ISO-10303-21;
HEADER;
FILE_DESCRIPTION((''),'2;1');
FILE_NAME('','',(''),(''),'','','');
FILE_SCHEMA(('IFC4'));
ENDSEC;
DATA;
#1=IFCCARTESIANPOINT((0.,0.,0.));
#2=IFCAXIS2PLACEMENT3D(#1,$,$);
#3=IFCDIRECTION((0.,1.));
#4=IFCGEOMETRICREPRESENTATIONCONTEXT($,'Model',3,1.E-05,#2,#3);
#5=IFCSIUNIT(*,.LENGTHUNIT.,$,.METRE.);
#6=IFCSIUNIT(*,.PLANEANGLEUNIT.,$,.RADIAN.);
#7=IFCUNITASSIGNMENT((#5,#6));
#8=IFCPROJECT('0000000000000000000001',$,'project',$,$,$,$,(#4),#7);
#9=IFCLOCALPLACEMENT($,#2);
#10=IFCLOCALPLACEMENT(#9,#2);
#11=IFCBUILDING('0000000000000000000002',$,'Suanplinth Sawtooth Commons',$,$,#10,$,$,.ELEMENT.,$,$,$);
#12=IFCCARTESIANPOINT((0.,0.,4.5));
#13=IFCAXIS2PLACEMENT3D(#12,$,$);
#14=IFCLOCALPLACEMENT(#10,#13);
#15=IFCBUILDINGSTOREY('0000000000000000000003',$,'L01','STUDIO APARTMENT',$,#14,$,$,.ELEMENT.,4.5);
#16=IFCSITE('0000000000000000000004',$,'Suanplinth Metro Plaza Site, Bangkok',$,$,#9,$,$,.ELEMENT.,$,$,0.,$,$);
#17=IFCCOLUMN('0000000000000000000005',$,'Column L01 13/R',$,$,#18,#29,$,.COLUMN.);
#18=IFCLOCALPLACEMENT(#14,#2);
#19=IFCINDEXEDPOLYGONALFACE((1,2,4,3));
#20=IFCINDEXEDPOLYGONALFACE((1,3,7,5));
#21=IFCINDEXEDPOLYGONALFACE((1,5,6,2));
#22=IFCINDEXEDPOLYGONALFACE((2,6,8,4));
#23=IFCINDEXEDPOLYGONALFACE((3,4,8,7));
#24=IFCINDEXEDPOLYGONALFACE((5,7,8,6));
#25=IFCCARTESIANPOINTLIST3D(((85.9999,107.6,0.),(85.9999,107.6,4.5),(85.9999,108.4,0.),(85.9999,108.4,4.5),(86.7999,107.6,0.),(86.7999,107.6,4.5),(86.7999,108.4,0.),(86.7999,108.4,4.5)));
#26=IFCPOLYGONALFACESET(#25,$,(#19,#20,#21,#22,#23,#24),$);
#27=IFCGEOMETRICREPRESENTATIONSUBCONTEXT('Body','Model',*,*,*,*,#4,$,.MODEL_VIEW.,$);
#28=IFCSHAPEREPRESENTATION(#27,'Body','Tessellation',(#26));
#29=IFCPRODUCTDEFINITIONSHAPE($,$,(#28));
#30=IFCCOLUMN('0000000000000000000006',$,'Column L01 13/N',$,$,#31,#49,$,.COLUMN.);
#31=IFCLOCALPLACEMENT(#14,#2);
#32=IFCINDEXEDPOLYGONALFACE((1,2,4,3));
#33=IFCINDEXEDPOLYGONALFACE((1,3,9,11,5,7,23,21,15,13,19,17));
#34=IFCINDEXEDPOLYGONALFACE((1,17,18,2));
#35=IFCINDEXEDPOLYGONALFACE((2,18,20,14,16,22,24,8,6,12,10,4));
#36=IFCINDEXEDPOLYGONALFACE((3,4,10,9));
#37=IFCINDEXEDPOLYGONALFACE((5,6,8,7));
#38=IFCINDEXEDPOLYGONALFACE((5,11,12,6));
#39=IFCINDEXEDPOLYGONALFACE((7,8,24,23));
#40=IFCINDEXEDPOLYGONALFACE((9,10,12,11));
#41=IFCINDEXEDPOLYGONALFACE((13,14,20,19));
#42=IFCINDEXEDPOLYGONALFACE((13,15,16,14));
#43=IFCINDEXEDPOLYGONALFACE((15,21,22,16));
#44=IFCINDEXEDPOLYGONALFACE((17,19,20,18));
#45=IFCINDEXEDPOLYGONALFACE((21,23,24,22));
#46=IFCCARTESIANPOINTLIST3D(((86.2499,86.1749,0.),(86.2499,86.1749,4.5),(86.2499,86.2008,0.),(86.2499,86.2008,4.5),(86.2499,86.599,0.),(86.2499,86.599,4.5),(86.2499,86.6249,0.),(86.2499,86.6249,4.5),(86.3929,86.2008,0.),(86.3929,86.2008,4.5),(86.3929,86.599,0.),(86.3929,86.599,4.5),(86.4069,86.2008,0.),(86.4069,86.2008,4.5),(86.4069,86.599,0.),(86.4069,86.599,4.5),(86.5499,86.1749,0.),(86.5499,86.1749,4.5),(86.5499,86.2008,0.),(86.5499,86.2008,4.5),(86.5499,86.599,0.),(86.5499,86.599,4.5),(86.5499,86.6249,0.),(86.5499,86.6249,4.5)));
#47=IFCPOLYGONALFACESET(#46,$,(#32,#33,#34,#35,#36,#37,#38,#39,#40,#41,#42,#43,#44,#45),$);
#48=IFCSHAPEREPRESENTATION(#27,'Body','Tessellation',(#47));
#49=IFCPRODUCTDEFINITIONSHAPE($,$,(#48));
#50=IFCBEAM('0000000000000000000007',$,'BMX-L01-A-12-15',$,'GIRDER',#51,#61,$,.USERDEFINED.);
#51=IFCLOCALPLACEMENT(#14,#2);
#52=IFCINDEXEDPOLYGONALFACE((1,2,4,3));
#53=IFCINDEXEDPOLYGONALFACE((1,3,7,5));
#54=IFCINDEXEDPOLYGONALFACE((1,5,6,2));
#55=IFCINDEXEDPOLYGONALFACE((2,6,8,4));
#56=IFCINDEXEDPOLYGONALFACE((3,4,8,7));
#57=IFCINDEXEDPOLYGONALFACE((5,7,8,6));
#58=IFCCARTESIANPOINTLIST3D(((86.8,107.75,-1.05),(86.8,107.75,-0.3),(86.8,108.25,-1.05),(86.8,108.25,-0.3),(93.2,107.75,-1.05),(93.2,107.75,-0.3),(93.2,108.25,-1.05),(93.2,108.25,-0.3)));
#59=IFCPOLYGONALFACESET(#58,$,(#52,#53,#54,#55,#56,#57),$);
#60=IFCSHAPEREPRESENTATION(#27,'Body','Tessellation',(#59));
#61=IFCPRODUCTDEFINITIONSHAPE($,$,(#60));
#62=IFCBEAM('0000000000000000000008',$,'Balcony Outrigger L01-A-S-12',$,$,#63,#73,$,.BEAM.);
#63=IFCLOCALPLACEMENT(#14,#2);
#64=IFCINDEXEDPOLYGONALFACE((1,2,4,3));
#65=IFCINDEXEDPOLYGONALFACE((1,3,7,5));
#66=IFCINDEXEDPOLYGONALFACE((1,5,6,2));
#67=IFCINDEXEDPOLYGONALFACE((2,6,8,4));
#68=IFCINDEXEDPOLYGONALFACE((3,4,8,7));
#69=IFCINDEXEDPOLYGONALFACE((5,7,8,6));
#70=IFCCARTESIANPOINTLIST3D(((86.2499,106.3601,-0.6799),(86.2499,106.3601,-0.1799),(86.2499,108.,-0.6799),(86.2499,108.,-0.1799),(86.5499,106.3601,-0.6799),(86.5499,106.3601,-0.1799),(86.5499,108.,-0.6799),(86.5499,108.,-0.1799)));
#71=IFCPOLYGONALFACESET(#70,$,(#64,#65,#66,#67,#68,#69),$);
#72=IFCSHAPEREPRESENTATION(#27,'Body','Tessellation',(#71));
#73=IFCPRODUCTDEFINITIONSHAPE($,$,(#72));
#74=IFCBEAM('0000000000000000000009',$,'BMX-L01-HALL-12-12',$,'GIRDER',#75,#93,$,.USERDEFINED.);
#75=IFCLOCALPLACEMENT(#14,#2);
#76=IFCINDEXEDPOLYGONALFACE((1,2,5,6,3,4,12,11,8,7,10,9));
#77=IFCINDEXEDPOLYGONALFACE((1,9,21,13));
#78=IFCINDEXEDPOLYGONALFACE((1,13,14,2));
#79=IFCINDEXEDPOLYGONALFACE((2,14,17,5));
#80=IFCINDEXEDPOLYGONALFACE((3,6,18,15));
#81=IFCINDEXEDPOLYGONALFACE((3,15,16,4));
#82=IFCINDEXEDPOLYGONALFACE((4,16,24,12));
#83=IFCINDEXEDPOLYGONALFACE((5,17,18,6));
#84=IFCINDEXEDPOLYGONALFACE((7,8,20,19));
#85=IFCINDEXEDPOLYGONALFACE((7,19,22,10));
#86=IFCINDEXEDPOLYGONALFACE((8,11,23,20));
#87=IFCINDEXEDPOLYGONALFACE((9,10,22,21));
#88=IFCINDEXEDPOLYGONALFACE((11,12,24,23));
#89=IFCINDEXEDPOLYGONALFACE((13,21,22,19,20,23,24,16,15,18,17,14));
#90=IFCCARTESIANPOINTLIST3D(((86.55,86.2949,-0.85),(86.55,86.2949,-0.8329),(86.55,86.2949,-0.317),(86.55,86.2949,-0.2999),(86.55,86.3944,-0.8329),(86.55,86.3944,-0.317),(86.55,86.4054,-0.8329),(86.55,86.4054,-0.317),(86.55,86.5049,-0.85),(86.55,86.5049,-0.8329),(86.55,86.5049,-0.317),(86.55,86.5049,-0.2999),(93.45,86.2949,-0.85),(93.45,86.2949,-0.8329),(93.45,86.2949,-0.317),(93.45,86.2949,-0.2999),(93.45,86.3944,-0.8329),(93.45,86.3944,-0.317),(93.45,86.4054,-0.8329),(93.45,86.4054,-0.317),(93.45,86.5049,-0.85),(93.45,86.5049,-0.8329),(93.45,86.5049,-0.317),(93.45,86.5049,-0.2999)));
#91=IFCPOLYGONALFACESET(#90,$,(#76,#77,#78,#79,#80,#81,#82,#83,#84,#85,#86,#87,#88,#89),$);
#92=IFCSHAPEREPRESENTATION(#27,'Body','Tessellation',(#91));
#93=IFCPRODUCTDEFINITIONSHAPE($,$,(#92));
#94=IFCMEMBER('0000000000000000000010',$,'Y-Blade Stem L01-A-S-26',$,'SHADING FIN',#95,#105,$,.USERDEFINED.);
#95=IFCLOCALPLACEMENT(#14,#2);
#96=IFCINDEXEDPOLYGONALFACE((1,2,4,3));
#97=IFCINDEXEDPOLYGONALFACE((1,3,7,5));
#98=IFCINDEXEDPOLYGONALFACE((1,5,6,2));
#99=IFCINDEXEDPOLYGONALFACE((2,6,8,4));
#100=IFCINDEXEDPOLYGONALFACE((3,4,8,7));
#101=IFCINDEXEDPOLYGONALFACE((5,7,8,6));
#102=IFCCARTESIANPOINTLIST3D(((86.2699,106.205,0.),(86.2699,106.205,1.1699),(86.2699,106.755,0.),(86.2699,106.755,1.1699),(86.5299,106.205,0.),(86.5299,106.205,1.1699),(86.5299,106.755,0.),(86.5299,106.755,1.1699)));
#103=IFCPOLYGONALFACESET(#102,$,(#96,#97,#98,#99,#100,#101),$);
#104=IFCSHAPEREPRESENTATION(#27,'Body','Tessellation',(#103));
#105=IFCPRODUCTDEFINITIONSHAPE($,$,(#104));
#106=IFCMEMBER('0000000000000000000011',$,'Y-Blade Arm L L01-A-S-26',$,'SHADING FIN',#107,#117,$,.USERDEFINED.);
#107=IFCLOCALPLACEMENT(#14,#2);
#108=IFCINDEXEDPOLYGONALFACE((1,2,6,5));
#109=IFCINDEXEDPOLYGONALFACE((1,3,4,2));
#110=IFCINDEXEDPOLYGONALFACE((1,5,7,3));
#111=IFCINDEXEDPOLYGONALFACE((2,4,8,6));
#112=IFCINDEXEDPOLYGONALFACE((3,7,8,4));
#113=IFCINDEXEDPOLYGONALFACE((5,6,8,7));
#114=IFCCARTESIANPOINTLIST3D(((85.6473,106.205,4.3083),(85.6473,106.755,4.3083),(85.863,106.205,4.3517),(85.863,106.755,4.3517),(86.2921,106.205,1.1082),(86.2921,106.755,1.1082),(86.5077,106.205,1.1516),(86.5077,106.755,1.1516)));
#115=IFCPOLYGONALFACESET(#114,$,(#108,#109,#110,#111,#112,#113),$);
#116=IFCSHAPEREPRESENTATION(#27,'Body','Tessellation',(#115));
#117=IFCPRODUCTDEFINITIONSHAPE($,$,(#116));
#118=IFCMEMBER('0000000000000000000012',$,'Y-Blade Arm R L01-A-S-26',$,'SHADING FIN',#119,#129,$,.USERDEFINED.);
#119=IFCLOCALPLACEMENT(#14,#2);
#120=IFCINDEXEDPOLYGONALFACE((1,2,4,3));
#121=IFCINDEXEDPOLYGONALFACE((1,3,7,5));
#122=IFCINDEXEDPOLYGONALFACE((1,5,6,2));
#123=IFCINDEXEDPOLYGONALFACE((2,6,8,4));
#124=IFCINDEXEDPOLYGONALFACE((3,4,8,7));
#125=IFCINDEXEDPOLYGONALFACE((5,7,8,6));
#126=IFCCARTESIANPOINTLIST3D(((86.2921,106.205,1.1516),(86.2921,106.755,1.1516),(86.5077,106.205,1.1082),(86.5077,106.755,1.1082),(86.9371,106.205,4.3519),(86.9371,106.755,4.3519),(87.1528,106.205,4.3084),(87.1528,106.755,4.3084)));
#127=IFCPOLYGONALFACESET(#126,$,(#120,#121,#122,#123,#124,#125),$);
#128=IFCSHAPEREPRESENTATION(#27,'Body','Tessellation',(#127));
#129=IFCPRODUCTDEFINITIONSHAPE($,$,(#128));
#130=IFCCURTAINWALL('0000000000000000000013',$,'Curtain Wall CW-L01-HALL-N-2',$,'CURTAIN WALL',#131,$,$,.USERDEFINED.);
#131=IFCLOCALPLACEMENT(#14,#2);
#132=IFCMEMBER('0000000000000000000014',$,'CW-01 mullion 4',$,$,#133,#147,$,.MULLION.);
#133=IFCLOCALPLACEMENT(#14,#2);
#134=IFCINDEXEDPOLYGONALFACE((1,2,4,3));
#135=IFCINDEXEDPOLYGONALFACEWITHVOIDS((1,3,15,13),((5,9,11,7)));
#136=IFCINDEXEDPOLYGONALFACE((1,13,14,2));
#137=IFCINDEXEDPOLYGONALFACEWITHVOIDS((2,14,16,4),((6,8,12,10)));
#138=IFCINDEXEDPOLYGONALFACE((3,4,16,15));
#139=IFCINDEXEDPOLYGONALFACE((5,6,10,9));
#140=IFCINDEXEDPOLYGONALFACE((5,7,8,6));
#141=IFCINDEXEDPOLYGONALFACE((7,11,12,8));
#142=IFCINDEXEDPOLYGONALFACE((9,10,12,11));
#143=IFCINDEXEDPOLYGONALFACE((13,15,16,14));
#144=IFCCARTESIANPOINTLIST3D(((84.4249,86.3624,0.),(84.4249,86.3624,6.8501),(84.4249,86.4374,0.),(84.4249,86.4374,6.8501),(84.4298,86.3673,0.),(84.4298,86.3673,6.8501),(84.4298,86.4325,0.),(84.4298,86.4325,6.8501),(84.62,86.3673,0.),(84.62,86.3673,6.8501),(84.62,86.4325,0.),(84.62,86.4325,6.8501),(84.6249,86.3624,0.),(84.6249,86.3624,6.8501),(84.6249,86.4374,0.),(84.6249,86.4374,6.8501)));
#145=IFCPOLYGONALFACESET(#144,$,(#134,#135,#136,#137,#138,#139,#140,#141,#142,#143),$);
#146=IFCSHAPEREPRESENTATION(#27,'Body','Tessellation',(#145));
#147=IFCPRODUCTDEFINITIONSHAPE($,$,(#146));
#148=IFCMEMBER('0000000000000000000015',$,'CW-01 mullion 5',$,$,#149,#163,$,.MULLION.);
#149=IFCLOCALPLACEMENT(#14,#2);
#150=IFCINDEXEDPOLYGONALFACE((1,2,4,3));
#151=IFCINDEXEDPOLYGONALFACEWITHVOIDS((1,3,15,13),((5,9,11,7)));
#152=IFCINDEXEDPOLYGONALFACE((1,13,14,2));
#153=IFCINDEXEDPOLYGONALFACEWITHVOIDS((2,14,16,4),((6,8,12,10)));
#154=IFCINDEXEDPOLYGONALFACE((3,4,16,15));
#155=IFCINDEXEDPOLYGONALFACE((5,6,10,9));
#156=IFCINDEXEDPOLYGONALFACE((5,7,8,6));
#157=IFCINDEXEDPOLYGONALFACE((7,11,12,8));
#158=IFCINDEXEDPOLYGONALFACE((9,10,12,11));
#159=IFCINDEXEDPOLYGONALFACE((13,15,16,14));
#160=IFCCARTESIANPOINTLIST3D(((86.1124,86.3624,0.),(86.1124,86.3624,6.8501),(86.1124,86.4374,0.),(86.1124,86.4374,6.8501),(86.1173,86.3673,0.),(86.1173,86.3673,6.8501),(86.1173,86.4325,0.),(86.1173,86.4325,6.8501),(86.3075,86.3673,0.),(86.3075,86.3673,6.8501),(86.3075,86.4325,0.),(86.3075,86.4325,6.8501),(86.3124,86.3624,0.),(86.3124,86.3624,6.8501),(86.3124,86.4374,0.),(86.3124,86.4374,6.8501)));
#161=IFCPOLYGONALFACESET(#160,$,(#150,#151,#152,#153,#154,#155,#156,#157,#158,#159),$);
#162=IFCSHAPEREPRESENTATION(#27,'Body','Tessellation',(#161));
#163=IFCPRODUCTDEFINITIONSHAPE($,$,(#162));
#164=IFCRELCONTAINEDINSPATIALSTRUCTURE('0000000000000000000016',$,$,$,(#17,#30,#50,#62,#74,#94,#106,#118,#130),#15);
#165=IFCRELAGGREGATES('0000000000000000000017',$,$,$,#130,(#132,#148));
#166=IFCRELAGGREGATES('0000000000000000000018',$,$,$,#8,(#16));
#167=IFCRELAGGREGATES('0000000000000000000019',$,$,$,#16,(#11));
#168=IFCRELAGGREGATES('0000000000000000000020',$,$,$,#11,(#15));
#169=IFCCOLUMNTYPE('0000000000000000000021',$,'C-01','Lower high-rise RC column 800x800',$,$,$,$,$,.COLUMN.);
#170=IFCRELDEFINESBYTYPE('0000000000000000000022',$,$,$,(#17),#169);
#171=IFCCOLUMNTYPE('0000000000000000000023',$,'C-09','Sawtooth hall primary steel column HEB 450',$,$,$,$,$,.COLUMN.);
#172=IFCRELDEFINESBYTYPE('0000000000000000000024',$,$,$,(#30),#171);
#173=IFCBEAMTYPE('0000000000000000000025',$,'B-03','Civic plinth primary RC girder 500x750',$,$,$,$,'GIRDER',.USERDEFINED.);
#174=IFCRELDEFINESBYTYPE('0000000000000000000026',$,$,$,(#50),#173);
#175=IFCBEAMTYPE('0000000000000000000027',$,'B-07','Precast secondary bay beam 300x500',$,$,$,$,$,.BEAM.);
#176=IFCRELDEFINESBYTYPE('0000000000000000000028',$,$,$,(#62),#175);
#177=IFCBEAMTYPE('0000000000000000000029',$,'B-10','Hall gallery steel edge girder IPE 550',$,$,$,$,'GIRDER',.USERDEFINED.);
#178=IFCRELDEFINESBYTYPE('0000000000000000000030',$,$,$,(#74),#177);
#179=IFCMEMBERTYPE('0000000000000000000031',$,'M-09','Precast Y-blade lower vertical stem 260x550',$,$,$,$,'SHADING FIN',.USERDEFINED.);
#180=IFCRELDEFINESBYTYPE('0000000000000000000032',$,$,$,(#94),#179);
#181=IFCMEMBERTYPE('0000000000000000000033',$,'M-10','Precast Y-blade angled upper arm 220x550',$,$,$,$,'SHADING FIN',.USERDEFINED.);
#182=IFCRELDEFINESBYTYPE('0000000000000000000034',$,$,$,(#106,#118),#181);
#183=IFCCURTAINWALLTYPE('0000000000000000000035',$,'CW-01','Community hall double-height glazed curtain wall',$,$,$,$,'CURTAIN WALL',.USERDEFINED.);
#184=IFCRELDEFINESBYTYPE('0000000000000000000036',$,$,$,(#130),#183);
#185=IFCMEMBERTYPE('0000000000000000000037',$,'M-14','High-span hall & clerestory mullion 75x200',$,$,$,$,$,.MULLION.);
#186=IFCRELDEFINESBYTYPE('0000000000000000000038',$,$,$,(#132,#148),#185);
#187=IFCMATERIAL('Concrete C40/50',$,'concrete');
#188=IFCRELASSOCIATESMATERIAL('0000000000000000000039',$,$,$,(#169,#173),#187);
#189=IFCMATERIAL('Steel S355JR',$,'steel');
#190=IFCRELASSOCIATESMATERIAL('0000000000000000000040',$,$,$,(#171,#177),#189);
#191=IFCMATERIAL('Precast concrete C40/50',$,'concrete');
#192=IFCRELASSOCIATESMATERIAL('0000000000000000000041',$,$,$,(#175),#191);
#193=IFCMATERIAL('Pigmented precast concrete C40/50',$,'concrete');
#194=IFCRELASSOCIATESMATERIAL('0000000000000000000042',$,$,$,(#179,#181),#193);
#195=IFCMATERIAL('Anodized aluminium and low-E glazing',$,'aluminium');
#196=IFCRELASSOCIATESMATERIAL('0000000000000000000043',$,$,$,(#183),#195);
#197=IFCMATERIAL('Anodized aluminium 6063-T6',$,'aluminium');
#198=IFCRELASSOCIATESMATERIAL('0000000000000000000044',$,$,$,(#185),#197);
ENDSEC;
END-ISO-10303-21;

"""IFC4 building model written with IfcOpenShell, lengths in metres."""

from ifc_helpers import new_model, si_unit, direction, frame, origin, origin_2d, place, context, subcontext, project, spatial, rectangle, hollow_rectangle, i_section, extrude, material, material_profile, profile_set, type_object, element, aggregate, save


model = new_model("IFC4")

# Units and contexts
model_context = context("Model", 3, precision=1e-05, world=origin(), true_north=direction((0.0, 1.0)))
body_context = subcontext(model_context, "Body", "Model", "MODEL_VIEW")
ifc_project = project(units=[si_unit("LENGTHUNIT", "METRE"), si_unit("PLANEANGLEUNIT", "RADIAN")], contexts=[model_context])

# Site, building, storey
site_placement = place(None, origin())
site = spatial("IfcSite", under=ifc_project, at=site_placement, Name="Suanplinth Metro Plaza Site, Bangkok", CompositionType="ELEMENT", RefElevation=0.0)
building_placement = place(site_placement, origin())
building = spatial("IfcBuilding", under=site, at=building_placement, Name="Suanplinth Sawtooth Commons", CompositionType="ELEMENT")
storey_placement = place(building_placement, frame((0.0, 0.0, 4.5)))
storey = spatial("IfcBuildingStorey", under=building, at=storey_placement, Name="L01", Description="STUDIO APARTMENT", CompositionType="ELEMENT", Elevation=4.5)

# Columns
ifc_material_1 = material(Name="Concrete C40/50", Category="concrete")
ifc_material_profile_1 = material_profile(ifc_material_1, rectangle(XDim=0.8, YDim=0.8, at=origin_2d()), Name="RC-COL 800x800")
ifc_profile_set_1 = profile_set([ifc_material_profile_1], Name="Concrete C40/50")
column_type_1 = type_object("IfcColumnType", Name="C-01", Description="Lower high-rise RC column 800x800", PredefinedType="COLUMN", material=ifc_profile_set_1)
column_1_placement = place(storey_placement, frame((86.3999, 108.0, 0.0), z_axis=(0.0, 0.0, 1.0), x_axis=(1.0, 0.0, 0.0)))
element("IfcColumn", 1, at=column_1_placement, inside=storey, type_object=column_type_1, Name="Column L01 13/R", PredefinedType="COLUMN", context=body_context, shape_type="SweptSolid", body=[
    extrude(rectangle(XDim=0.8, YDim=0.8, at=origin_2d()), origin(), (0.0, 0.0, 1.0), 4.5),
])
ifc_material_2 = material(Name="Steel S355JR", Category="steel")
ifc_material_profile_2 = material_profile(ifc_material_2, i_section(OverallWidth=0.3, OverallDepth=0.45, WebThickness=0.0139, FlangeThickness=0.0259, at=origin_2d()), Name="HEB 450")
ifc_profile_set_2 = profile_set([ifc_material_profile_2], Name="Steel S355JR")
column_type_2 = type_object("IfcColumnType", Name="C-09", Description="Sawtooth hall primary steel column HEB 450", PredefinedType="COLUMN", material=ifc_profile_set_2)
column_2_placement = place(storey_placement, frame((86.3999, 86.3999, 0.0), z_axis=(0.0, 0.0, 1.0), x_axis=(1.0, 0.0, 0.0)))
element("IfcColumn", 2, at=column_2_placement, inside=storey, type_object=column_type_2, Name="Column L01 13/N", PredefinedType="COLUMN", context=body_context, shape_type="SweptSolid", body=[
    extrude(i_section(OverallWidth=0.3, OverallDepth=0.45, WebThickness=0.0139, FlangeThickness=0.0259, at=origin_2d()), origin(), (0.0, 0.0, 1.0), 4.5),
])

# Beams
ifc_material_profile_3 = material_profile(ifc_material_1, rectangle(XDim=0.5, YDim=0.75, at=origin_2d()), Name="RC-GDR 500x750")
ifc_profile_set_3 = profile_set([ifc_material_profile_3], Name="Concrete C40/50")
beam_type_1 = type_object("IfcBeamType", Name="B-03", Description="Civic plinth primary RC girder 500x750", ElementType="GIRDER", PredefinedType="USERDEFINED", material=ifc_profile_set_3)
beam_1_placement = place(storey_placement, frame((86.8, 108.0, -0.675), z_axis=(1.0, 0.0, 0.0), x_axis=(0.0, 1.0, 0.0)))
element("IfcBeam", 3, at=beam_1_placement, inside=storey, type_object=beam_type_1, Name="BMX-L01-A-12-15", ObjectType="GIRDER", PredefinedType="USERDEFINED", context=body_context, shape_type="SweptSolid", body=[
    extrude(rectangle(XDim=0.5, YDim=0.75, at=origin_2d()), origin(), (0.0, 0.0, 1.0), 6.3999),
])
ifc_material_3 = material(Name="Precast concrete C40/50", Category="concrete")
ifc_material_profile_4 = material_profile(ifc_material_3, rectangle(XDim=0.3, YDim=0.5, at=origin_2d()), Name="PC-BM 300x500")
ifc_profile_set_4 = profile_set([ifc_material_profile_4], Name="Precast concrete C40/50")
beam_type_2 = type_object("IfcBeamType", Name="B-07", Description="Precast secondary bay beam 300x500", PredefinedType="BEAM", material=ifc_profile_set_4)
beam_2_placement = place(storey_placement, frame((86.3999, 108.0, -0.4299), z_axis=(0.0, -1.0, 0.0), x_axis=(1.0, 0.0, 0.0)))
element("IfcBeam", 4, at=beam_2_placement, inside=storey, type_object=beam_type_2, Name="Balcony Outrigger L01-A-S-12", PredefinedType="BEAM", context=body_context, shape_type="SweptSolid", body=[
    extrude(rectangle(XDim=0.3, YDim=0.5, at=origin_2d()), origin(), (0.0, 0.0, 1.0), 1.6399),
])
ifc_material_profile_5 = material_profile(ifc_material_2, i_section(OverallWidth=0.21, OverallDepth=0.55, WebThickness=0.011, FlangeThickness=0.0171, at=origin_2d()), Name="IPE 550")
ifc_profile_set_5 = profile_set([ifc_material_profile_5], Name="Steel S355JR")
beam_type_3 = type_object("IfcBeamType", Name="B-10", Description="Hall gallery steel edge girder IPE 550", ElementType="GIRDER", PredefinedType="USERDEFINED", material=ifc_profile_set_5)
beam_3_placement = place(storey_placement, frame((86.55, 86.3999, -0.575), z_axis=(1.0, 0.0, 0.0), x_axis=(0.0, 1.0, 0.0)))
element("IfcBeam", 5, at=beam_3_placement, inside=storey, type_object=beam_type_3, Name="BMX-L01-HALL-12-12", ObjectType="GIRDER", PredefinedType="USERDEFINED", context=body_context, shape_type="SweptSolid", body=[
    extrude(i_section(OverallWidth=0.21, OverallDepth=0.55, WebThickness=0.011, FlangeThickness=0.0171, at=origin_2d()), origin(), (0.0, 0.0, 1.0), 6.8999),
])

# Members
ifc_material_4 = material(Name="Pigmented precast concrete C40/50", Category="concrete")
ifc_material_profile_6 = material_profile(ifc_material_4, rectangle(XDim=0.26, YDim=0.55, at=origin_2d()), Name="PC-FIN 260x550")
ifc_profile_set_6 = profile_set([ifc_material_profile_6], Name="Pigmented precast concrete C40/50")
member_type_1 = type_object("IfcMemberType", Name="M-09", Description="Precast Y-blade lower vertical stem 260x550", ElementType="SHADING FIN", PredefinedType="USERDEFINED", material=ifc_profile_set_6)
member_1_placement = place(storey_placement, frame((86.3999, 106.48, 0.0), z_axis=(0.0, 0.0, 1.0), x_axis=(1.0, 0.0, 0.0)))
element("IfcMember", 6, at=member_1_placement, inside=storey, type_object=member_type_1, Name="Y-Blade Stem L01-A-S-26", ObjectType="SHADING FIN", PredefinedType="USERDEFINED", context=body_context, shape_type="SweptSolid", body=[
    extrude(rectangle(XDim=0.26, YDim=0.55, at=origin_2d()), origin(), (0.0, 0.0, 1.0), 1.1699),
])
ifc_material_profile_7 = material_profile(ifc_material_4, rectangle(XDim=0.22, YDim=0.55, at=origin_2d()), Name="PC-FIN 220x550")
ifc_profile_set_7 = profile_set([ifc_material_profile_7], Name="Pigmented precast concrete C40/50")
member_type_2 = type_object("IfcMemberType", Name="M-10", Description="Precast Y-blade angled upper arm 220x550", ElementType="SHADING FIN", PredefinedType="USERDEFINED", material=ifc_profile_set_7)
member_2_placement = place(storey_placement, frame((86.3999, 106.48, 1.1299), z_axis=(-0.197511, 0.0, 0.980301), x_axis=(0.980301, 0.0, 0.197511)))
element("IfcMember", 7, at=member_2_placement, inside=storey, type_object=member_type_2, Name="Y-Blade Arm L L01-A-S-26", ObjectType="SHADING FIN", PredefinedType="USERDEFINED", context=body_context, shape_type="SweptSolid", body=[
    extrude(rectangle(XDim=0.22, YDim=0.55, at=origin_2d()), origin(), (0.0, 0.0, 1.0), 3.2644),
])
member_3_placement = place(storey_placement, frame((86.3999, 106.48, 1.1299), z_axis=(0.197583, 0.0, 0.980286), x_axis=(-0.980286, 0.0, 0.197583)))
element("IfcMember", 8, at=member_3_placement, inside=storey, type_object=member_type_2, Name="Y-Blade Arm R L01-A-S-26", ObjectType="SHADING FIN", PredefinedType="USERDEFINED", context=body_context, shape_type="SweptSolid", body=[
    extrude(rectangle(XDim=0.22, YDim=0.55, at=origin_2d()), origin(), (0.0, 0.0, 1.0), 3.2646),
])

# Curtain wall, members
ifc_material_5 = material(Name="Anodized aluminium and low-E glazing", Category="aluminium")
curtain_wall_type = type_object("IfcCurtainWallType", Name="CW-01", Description="Community hall double-height glazed curtain wall", ElementType="CURTAIN WALL", PredefinedType="USERDEFINED", material=ifc_material_5)
curtain_wall_1_placement = place(storey_placement, origin())
curtain_wall_1 = element("IfcCurtainWall", 9, at=curtain_wall_1_placement, inside=storey, type_object=curtain_wall_type, Name="Curtain Wall CW-L01-HALL-N-2", ObjectType="CURTAIN WALL", PredefinedType="USERDEFINED")
ifc_material_6 = material(Name="Anodized aluminium 6063-T6", Category="aluminium")
ifc_material_profile_8 = material_profile(ifc_material_6, hollow_rectangle(XDim=0.075, YDim=0.2, WallThickness=0.0049, at=origin_2d()), Name="ALU-MUL 75x200")
ifc_profile_set_8 = profile_set([ifc_material_profile_8], Name="Anodized aluminium 6063-T6")
member_type_3 = type_object("IfcMemberType", Name="M-14", Description="High-span hall & clerestory mullion 75x200", PredefinedType="MULLION", material=ifc_profile_set_8)
member_4_placement = place(storey_placement, frame((84.5249, 86.3999, 0.0), z_axis=(0.0, 0.0, 1.0), x_axis=(0.0, 1.0, 0.0)))
member_4 = element("IfcMember", 10, at=member_4_placement, type_object=member_type_3, Name="CW-01 mullion 4", PredefinedType="MULLION", context=body_context, shape_type="SweptSolid", body=[
    extrude(hollow_rectangle(XDim=0.075, YDim=0.2, WallThickness=0.0049, at=origin_2d()), origin(), (0.0, 0.0, 1.0), 6.8501),
])
member_5_placement = place(storey_placement, frame((86.2124, 86.3999, 0.0), z_axis=(0.0, 0.0, 1.0), x_axis=(0.0, 1.0, 0.0)))
member_5 = element("IfcMember", 11, at=member_5_placement, type_object=member_type_3, Name="CW-01 mullion 5", PredefinedType="MULLION", context=body_context, shape_type="SweptSolid", body=[
    extrude(hollow_rectangle(XDim=0.075, YDim=0.2, WallThickness=0.0049, at=origin_2d()), origin(), (0.0, 0.0, 1.0), 6.8501),
])

aggregate(curtain_wall_1, [member_4, member_5])

save(model, "model.ifc")
